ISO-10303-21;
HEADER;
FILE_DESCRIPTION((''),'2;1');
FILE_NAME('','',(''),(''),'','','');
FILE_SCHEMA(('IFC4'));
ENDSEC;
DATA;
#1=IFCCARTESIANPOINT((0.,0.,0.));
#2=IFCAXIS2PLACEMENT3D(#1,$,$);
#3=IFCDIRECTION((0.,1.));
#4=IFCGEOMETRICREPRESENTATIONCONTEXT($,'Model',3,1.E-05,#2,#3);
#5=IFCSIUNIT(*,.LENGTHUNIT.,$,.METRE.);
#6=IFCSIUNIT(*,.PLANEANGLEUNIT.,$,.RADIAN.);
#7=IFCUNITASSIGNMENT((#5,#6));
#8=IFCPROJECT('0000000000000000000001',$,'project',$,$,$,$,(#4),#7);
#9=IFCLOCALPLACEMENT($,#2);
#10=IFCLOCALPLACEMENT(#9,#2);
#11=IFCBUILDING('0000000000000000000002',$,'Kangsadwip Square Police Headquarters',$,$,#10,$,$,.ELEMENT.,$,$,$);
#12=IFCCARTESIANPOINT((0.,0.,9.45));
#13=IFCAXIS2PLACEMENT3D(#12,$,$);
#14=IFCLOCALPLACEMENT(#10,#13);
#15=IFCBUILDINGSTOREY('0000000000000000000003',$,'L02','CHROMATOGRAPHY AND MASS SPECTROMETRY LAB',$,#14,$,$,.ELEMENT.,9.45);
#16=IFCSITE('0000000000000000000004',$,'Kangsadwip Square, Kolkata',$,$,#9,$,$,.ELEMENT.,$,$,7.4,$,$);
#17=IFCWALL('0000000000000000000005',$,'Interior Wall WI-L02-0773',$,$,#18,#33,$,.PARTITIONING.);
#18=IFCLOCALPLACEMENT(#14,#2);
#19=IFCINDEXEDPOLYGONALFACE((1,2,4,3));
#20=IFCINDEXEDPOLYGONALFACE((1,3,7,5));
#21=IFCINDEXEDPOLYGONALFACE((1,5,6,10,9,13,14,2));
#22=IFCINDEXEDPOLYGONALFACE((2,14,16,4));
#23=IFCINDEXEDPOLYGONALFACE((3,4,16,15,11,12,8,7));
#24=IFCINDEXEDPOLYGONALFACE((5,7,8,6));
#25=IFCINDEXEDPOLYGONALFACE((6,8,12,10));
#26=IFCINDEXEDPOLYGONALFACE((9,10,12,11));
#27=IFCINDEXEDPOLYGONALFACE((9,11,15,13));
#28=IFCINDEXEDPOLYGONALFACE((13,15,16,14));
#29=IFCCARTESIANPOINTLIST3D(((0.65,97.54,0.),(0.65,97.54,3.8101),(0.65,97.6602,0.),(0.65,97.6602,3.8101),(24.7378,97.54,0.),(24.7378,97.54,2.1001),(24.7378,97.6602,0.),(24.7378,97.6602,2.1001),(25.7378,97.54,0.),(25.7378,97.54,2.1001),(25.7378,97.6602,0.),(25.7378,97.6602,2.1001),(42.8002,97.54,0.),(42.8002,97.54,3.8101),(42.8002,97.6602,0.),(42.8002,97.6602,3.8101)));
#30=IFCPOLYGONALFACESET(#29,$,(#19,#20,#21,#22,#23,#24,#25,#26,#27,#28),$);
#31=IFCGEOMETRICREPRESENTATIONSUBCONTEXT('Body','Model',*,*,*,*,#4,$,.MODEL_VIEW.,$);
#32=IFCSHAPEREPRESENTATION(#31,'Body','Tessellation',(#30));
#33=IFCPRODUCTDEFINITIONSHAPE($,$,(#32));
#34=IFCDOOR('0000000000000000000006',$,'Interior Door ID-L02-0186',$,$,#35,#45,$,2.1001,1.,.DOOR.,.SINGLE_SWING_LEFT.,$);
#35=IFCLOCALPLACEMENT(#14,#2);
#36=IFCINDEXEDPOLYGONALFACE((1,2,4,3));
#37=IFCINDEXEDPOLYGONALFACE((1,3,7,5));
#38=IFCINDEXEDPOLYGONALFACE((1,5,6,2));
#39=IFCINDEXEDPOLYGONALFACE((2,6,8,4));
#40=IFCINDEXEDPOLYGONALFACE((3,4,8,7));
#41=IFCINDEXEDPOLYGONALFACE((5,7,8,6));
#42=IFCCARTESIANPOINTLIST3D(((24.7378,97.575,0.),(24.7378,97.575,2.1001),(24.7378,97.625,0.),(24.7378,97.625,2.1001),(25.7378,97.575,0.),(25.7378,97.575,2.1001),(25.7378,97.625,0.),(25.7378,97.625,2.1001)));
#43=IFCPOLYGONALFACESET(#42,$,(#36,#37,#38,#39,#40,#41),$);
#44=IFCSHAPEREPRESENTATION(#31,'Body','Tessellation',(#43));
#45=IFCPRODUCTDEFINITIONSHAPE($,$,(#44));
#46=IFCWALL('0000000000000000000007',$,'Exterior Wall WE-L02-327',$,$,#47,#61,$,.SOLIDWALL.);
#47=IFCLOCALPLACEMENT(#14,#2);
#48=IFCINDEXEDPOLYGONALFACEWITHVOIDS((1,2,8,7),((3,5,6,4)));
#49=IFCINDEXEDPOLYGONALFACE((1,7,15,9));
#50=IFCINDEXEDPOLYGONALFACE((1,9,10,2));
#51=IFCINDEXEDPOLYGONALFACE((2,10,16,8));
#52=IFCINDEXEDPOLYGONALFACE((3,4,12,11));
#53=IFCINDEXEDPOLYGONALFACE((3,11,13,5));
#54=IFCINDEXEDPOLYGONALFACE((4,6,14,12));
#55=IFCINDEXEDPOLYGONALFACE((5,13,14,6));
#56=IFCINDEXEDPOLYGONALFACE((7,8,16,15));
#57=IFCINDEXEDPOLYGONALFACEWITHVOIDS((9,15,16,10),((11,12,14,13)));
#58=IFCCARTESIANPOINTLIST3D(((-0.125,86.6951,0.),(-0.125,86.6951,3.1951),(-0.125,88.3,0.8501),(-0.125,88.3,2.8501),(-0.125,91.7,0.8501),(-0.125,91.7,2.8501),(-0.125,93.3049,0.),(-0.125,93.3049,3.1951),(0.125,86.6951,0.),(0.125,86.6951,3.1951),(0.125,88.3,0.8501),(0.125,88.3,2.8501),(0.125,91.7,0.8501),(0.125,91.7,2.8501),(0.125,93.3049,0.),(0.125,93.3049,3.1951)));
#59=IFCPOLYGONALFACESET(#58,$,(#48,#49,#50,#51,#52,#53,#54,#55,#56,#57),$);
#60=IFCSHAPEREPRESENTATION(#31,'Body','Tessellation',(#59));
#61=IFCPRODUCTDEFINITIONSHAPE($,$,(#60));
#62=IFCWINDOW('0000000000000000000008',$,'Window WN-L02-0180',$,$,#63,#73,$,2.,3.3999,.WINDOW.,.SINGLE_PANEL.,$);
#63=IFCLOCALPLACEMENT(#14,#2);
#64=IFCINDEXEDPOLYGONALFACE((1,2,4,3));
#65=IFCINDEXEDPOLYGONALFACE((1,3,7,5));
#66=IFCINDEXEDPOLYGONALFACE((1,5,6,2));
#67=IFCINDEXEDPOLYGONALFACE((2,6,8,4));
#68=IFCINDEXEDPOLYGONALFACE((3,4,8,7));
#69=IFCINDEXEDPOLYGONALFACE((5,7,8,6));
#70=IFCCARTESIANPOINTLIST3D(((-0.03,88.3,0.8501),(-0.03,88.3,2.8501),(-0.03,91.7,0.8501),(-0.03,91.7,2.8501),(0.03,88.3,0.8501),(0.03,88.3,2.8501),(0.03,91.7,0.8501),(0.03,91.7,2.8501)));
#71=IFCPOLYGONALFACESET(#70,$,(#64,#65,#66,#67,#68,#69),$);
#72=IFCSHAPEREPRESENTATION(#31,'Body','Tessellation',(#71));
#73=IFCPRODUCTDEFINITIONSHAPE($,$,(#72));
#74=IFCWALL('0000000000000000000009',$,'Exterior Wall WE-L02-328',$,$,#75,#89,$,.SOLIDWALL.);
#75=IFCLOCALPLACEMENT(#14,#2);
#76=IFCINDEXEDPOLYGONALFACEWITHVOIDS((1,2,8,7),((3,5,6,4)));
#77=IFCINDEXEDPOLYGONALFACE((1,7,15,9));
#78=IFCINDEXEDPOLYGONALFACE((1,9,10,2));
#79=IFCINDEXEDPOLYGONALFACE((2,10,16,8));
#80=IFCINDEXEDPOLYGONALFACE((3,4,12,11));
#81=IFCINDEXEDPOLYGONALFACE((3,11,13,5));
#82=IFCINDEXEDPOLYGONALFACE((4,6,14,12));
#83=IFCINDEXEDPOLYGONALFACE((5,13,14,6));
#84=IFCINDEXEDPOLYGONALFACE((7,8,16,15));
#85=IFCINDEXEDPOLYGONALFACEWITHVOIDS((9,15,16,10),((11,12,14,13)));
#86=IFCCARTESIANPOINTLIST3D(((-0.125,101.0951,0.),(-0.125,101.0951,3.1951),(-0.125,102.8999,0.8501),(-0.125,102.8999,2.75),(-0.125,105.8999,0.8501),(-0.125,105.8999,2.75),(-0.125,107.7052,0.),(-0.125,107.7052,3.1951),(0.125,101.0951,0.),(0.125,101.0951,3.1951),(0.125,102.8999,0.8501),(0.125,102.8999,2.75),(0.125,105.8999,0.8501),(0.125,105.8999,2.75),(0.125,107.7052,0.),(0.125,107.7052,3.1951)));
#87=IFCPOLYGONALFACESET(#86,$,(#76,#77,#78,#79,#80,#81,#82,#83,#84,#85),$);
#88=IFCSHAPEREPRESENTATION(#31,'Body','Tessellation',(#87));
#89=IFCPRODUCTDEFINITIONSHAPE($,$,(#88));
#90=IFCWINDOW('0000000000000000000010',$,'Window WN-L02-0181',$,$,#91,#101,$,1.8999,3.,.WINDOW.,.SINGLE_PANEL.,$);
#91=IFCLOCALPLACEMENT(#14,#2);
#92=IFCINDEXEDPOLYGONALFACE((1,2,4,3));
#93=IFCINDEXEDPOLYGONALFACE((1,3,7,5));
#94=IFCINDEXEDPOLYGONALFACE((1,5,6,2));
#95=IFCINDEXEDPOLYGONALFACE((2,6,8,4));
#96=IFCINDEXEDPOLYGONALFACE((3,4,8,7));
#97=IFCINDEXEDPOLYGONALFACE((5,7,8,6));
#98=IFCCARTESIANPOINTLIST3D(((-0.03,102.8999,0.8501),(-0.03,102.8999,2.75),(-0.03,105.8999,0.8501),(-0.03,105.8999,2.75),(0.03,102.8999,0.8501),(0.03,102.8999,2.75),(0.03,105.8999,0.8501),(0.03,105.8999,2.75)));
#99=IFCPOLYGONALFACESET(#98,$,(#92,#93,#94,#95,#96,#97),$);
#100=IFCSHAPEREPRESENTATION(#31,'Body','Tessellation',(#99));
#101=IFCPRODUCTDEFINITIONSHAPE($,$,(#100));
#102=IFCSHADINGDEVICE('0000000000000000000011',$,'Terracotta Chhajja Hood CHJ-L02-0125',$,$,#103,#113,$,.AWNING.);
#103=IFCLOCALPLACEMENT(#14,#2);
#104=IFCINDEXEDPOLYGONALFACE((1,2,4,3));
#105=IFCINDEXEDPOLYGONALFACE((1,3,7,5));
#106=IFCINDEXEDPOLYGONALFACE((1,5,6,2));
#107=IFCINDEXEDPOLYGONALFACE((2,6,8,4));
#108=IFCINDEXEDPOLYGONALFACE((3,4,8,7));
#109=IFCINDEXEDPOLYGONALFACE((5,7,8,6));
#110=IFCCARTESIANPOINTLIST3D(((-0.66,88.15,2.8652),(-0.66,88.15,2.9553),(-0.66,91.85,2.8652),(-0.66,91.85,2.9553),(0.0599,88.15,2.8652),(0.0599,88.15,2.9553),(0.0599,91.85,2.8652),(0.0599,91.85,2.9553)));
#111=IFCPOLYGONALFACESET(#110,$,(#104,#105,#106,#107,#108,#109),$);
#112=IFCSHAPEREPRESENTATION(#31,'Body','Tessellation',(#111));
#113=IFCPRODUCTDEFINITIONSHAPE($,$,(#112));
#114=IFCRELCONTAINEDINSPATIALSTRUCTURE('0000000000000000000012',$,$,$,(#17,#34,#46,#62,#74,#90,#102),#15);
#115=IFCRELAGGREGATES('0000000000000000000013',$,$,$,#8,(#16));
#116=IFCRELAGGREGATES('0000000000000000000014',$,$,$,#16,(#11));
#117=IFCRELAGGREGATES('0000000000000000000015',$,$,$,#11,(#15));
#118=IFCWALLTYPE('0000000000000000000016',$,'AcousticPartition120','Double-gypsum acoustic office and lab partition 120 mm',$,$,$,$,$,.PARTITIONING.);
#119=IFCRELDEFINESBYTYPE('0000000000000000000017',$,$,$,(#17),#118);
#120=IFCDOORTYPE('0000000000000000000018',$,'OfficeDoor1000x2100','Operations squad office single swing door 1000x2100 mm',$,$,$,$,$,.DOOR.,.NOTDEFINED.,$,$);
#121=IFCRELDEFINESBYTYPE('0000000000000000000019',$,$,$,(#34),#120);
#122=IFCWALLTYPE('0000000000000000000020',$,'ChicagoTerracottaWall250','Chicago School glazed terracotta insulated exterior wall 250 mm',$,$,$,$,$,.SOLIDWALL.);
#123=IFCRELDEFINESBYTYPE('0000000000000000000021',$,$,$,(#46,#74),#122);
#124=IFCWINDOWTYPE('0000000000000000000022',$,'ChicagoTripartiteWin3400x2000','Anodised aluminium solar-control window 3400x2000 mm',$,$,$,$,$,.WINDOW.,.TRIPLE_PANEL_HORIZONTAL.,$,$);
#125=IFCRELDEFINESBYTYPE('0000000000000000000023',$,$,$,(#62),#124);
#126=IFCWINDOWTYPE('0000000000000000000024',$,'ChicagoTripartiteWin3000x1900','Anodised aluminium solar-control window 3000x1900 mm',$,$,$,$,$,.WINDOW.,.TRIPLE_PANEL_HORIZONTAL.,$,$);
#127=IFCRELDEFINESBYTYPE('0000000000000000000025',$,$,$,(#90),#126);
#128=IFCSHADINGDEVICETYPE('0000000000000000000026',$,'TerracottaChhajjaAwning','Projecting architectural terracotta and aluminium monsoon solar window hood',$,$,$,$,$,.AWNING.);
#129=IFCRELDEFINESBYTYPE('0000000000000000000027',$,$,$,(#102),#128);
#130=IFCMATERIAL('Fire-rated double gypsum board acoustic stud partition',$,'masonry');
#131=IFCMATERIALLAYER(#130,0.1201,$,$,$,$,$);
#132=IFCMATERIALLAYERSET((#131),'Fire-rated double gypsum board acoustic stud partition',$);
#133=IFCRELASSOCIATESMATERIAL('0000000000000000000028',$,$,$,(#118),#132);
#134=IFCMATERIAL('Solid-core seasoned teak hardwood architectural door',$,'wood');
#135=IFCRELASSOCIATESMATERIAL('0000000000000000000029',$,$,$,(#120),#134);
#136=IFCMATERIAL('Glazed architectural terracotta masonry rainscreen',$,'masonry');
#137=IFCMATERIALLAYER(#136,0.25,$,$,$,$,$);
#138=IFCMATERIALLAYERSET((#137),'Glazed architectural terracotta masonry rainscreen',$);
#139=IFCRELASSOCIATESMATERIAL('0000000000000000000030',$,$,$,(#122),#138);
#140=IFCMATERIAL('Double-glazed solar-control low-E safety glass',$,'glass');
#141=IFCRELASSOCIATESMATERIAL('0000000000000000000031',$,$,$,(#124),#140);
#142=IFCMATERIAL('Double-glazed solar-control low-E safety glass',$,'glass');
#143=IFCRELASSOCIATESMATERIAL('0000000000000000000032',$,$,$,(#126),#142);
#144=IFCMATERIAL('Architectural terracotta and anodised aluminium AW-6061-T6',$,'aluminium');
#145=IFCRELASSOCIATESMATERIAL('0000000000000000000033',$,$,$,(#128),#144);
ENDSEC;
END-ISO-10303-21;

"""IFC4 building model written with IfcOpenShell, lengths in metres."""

from ifc_helpers import new_model, si_unit, direction, frame, frame_2d, origin, origin_2d, place, context, subcontext, project, spatial, rectangle, extrude, material, layer, layer_set, type_object, element, fill, save


model = new_model("IFC4")

# Units and contexts
model_context = context("Model", 3, precision=1e-05, world=origin(), true_north=direction((0.0, 1.0)))
body_context = subcontext(model_context, "Body", "Model", "MODEL_VIEW")
ifc_project = project(units=[si_unit("LENGTHUNIT", "METRE"), si_unit("PLANEANGLEUNIT", "RADIAN")], contexts=[model_context])

# Site, building, storey
site_placement = place(None, origin())
site = spatial("IfcSite", under=ifc_project, at=site_placement, Name="Kangsadwip Square, Kolkata", CompositionType="ELEMENT", RefElevation=7.4)
building_placement = place(site_placement, origin())
building = spatial("IfcBuilding", under=site, at=building_placement, Name="Kangsadwip Square Police Headquarters", CompositionType="ELEMENT")
storey_placement = place(building_placement, frame((0.0, 0.0, 9.45)))
storey = spatial("IfcBuildingStorey", under=building, at=storey_placement, Name="L02", Description="CHROMATOGRAPHY AND MASS SPECTROMETRY LAB", CompositionType="ELEMENT", Elevation=9.45)

# Wall, opening, door
ifc_material_1 = material(Name="Fire-rated double gypsum board acoustic stud partition", Category="masonry")
ifc_layer_1 = layer(ifc_material_1, 0.1201)
ifc_layer_set_1 = layer_set([ifc_layer_1], Name="Fire-rated double gypsum board acoustic stud partition")
wall_type_1 = type_object("IfcWallType", Name="AcousticPartition120", Description="Double-gypsum acoustic office and lab partition 120 mm", PredefinedType="PARTITIONING", material=ifc_layer_set_1)
wall_1_placement = place(storey_placement, frame((0.6499, 97.6001, 0.0), z_axis=(0.0, 0.0, 1.0), x_axis=(1.0, 0.0, 0.0)))
wall_1 = element("IfcWall", 1, at=wall_1_placement, inside=storey, type_object=wall_type_1, Name="Interior Wall WI-L02-0773", PredefinedType="PARTITIONING", context=body_context, shape_type="SweptSolid", body=[
    extrude(rectangle(XDim=42.1501, YDim=0.1201, at=frame_2d((21.0752, 0.0))), origin(), (0.0, 0.0, 1.0), 3.8101),
])
opening_1_placement = place(wall_1_placement, frame((24.0879, 0.0, 0.0)))
opening_1 = element("IfcOpeningElement", 2, at=opening_1_placement, cuts=wall_1, PredefinedType="OPENING", context=body_context, shape_type="SweptSolid", body=[
    extrude(rectangle(XDim=1.0, YDim=2.1001, at=frame_2d((0.5, 1.05))), frame((0.0, 0.0701, 0.0), z_axis=(0.0, -1.0, 0.0), x_axis=(1.0, 0.0, 0.0)), (0.0, 0.0, 1.0), 0.1401),
])
ifc_material_2 = material(Name="Solid-core seasoned teak hardwood architectural door", Category="wood")
door_type_1 = type_object("IfcDoorType", Name="OfficeDoor1000x2100", Description="Operations squad office single swing door 1000x2100 mm", OperationType="NOTDEFINED", PredefinedType="DOOR", material=ifc_material_2)
door_1_placement = place(opening_1_placement, origin())
door_1 = element("IfcDoor", 3, at=door_1_placement, inside=storey, type_object=door_type_1, Name="Interior Door ID-L02-0186", OperationType="SINGLE_SWING_LEFT", OverallHeight=2.1001, OverallWidth=1.0, PredefinedType="DOOR", context=body_context, shape_type="SweptSolid", body=[
    extrude(rectangle(XDim=1.0, YDim=2.1001, at=frame_2d((0.5, 1.05))), frame((0.0, 0.0249, 0.0), z_axis=(0.0, -1.0, 0.0), x_axis=(1.0, 0.0, 0.0)), (0.0, 0.0, 1.0), 0.05),
])
fill(opening_1, door_1)

# Walls, openings, windows
ifc_material_3 = material(Name="Glazed architectural terracotta masonry rainscreen", Category="masonry")
ifc_layer_2 = layer(ifc_material_3, 0.25)
ifc_layer_set_2 = layer_set([ifc_layer_2], Name="Glazed architectural terracotta masonry rainscreen")
wall_type_2 = type_object("IfcWallType", Name="ChicagoTerracottaWall250", Description="Chicago School glazed terracotta insulated exterior wall 250 mm", PredefinedType="SOLIDWALL", material=ifc_layer_set_2)
wall_2_placement = place(storey_placement, frame((0.0, 86.6951, 0.0), z_axis=(0.0, 0.0, 1.0), x_axis=(0.0, 1.0, 0.0)))
wall_2 = element("IfcWall", 4, at=wall_2_placement, inside=storey, type_object=wall_type_2, Name="Exterior Wall WE-L02-327", PredefinedType="SOLIDWALL", context=body_context, shape_type="SweptSolid", body=[
    extrude(rectangle(XDim=6.6099, YDim=0.25, at=frame_2d((3.3049, 0.0))), origin(), (0.0, 0.0, 1.0), 3.1951),
])
opening_2_placement = place(wall_2_placement, frame((1.605, 0.0, 0.8501)))
opening_2 = element("IfcOpeningElement", 5, at=opening_2_placement, cuts=wall_2, PredefinedType="OPENING", context=body_context, shape_type="SweptSolid", body=[
    extrude(rectangle(XDim=3.3999, YDim=2.0, at=frame_2d((1.7, 1.0))), frame((0.0, 0.135, 0.0), z_axis=(0.0, -1.0, 0.0), x_axis=(1.0, 0.0, 0.0)), (0.0, 0.0, 1.0), 0.27),
])
ifc_material_4 = material(Name="Double-glazed solar-control low-E safety glass", Category="glass")
window_type_1 = type_object("IfcWindowType", Name="ChicagoTripartiteWin3400x2000", Description="Anodised aluminium solar-control window 3400x2000 mm", PartitioningType="TRIPLE_PANEL_HORIZONTAL", PredefinedType="WINDOW", material=ifc_material_4)
window_1_placement = place(opening_2_placement, origin())
window_1 = element("IfcWindow", 6, at=window_1_placement, inside=storey, type_object=window_type_1, Name="Window WN-L02-0180", OverallHeight=2.0, OverallWidth=3.3999, PartitioningType="SINGLE_PANEL", PredefinedType="WINDOW", context=body_context, shape_type="SweptSolid", body=[
    extrude(rectangle(XDim=3.3999, YDim=2.0, at=frame_2d((1.7, 1.0))), frame((0.0, 0.03, 0.0), z_axis=(0.0, -1.0, 0.0), x_axis=(1.0, 0.0, 0.0)), (0.0, 0.0, 1.0), 0.0601),
])
fill(opening_2, window_1)
wall_3_placement = place(storey_placement, frame((0.0, 101.095, 0.0), z_axis=(0.0, 0.0, 1.0), x_axis=(0.0, 1.0, 0.0)))
wall_3 = element("IfcWall", 7, at=wall_3_placement, inside=storey, type_object=wall_type_2, Name="Exterior Wall WE-L02-328", PredefinedType="SOLIDWALL", context=body_context, shape_type="SweptSolid", body=[
    extrude(rectangle(XDim=6.6101, YDim=0.25, at=frame_2d((3.3052, 0.0))), origin(), (0.0, 0.0, 1.0), 3.1951),
])
opening_3_placement = place(wall_3_placement, frame((1.8049, 0.0, 0.8501)))
opening_3 = element("IfcOpeningElement", 8, at=opening_3_placement, cuts=wall_3, PredefinedType="OPENING", context=body_context, shape_type="SweptSolid", body=[
    extrude(rectangle(XDim=3.0, YDim=1.8999, at=frame_2d((1.5, 0.95))), frame((0.0, 0.135, 0.0), z_axis=(0.0, -1.0, 0.0), x_axis=(1.0, 0.0, 0.0)), (0.0, 0.0, 1.0), 0.27),
])
ifc_material_5 = material(Name="Double-glazed solar-control low-E safety glass", Category="glass")
window_type_2 = type_object("IfcWindowType", Name="ChicagoTripartiteWin3000x1900", Description="Anodised aluminium solar-control window 3000x1900 mm", PartitioningType="TRIPLE_PANEL_HORIZONTAL", PredefinedType="WINDOW", material=ifc_material_5)
window_2_placement = place(opening_3_placement, origin())
window_2 = element("IfcWindow", 9, at=window_2_placement, inside=storey, type_object=window_type_2, Name="Window WN-L02-0181", OverallHeight=1.8999, OverallWidth=3.0, PartitioningType="SINGLE_PANEL", PredefinedType="WINDOW", context=body_context, shape_type="SweptSolid", body=[
    extrude(rectangle(XDim=3.0, YDim=1.8999, at=frame_2d((1.5, 0.95))), frame((0.0, 0.03, 0.0), z_axis=(0.0, -1.0, 0.0), x_axis=(1.0, 0.0, 0.0)), (0.0, 0.0, 1.0), 0.0601),
])
fill(opening_3, window_2)

# Shading device
ifc_material_6 = material(Name="Architectural terracotta and anodised aluminium AW-6061-T6", Category="aluminium")
shading_device_type = type_object("IfcShadingDeviceType", Name="TerracottaChhajjaAwning", Description="Projecting architectural terracotta and aluminium monsoon solar window hood", PredefinedType="AWNING", material=ifc_material_6)
shading_device_placement = place(storey_placement, frame((-0.3, 90.0, 2.8652), z_axis=(0.0, 0.0, 1.0), x_axis=(0.0, 1.0, 0.0)))
element("IfcShadingDevice", 10, at=shading_device_placement, inside=storey, type_object=shading_device_type, Name="Terracotta Chhajja Hood CHJ-L02-0125", PredefinedType="AWNING", context=body_context, shape_type="SweptSolid", body=[
    extrude(rectangle(XDim=3.7, YDim=0.72, at=origin_2d()), origin(), (0.0, 0.0, 1.0), 0.0901),
])

save(model, "model.ifc")
